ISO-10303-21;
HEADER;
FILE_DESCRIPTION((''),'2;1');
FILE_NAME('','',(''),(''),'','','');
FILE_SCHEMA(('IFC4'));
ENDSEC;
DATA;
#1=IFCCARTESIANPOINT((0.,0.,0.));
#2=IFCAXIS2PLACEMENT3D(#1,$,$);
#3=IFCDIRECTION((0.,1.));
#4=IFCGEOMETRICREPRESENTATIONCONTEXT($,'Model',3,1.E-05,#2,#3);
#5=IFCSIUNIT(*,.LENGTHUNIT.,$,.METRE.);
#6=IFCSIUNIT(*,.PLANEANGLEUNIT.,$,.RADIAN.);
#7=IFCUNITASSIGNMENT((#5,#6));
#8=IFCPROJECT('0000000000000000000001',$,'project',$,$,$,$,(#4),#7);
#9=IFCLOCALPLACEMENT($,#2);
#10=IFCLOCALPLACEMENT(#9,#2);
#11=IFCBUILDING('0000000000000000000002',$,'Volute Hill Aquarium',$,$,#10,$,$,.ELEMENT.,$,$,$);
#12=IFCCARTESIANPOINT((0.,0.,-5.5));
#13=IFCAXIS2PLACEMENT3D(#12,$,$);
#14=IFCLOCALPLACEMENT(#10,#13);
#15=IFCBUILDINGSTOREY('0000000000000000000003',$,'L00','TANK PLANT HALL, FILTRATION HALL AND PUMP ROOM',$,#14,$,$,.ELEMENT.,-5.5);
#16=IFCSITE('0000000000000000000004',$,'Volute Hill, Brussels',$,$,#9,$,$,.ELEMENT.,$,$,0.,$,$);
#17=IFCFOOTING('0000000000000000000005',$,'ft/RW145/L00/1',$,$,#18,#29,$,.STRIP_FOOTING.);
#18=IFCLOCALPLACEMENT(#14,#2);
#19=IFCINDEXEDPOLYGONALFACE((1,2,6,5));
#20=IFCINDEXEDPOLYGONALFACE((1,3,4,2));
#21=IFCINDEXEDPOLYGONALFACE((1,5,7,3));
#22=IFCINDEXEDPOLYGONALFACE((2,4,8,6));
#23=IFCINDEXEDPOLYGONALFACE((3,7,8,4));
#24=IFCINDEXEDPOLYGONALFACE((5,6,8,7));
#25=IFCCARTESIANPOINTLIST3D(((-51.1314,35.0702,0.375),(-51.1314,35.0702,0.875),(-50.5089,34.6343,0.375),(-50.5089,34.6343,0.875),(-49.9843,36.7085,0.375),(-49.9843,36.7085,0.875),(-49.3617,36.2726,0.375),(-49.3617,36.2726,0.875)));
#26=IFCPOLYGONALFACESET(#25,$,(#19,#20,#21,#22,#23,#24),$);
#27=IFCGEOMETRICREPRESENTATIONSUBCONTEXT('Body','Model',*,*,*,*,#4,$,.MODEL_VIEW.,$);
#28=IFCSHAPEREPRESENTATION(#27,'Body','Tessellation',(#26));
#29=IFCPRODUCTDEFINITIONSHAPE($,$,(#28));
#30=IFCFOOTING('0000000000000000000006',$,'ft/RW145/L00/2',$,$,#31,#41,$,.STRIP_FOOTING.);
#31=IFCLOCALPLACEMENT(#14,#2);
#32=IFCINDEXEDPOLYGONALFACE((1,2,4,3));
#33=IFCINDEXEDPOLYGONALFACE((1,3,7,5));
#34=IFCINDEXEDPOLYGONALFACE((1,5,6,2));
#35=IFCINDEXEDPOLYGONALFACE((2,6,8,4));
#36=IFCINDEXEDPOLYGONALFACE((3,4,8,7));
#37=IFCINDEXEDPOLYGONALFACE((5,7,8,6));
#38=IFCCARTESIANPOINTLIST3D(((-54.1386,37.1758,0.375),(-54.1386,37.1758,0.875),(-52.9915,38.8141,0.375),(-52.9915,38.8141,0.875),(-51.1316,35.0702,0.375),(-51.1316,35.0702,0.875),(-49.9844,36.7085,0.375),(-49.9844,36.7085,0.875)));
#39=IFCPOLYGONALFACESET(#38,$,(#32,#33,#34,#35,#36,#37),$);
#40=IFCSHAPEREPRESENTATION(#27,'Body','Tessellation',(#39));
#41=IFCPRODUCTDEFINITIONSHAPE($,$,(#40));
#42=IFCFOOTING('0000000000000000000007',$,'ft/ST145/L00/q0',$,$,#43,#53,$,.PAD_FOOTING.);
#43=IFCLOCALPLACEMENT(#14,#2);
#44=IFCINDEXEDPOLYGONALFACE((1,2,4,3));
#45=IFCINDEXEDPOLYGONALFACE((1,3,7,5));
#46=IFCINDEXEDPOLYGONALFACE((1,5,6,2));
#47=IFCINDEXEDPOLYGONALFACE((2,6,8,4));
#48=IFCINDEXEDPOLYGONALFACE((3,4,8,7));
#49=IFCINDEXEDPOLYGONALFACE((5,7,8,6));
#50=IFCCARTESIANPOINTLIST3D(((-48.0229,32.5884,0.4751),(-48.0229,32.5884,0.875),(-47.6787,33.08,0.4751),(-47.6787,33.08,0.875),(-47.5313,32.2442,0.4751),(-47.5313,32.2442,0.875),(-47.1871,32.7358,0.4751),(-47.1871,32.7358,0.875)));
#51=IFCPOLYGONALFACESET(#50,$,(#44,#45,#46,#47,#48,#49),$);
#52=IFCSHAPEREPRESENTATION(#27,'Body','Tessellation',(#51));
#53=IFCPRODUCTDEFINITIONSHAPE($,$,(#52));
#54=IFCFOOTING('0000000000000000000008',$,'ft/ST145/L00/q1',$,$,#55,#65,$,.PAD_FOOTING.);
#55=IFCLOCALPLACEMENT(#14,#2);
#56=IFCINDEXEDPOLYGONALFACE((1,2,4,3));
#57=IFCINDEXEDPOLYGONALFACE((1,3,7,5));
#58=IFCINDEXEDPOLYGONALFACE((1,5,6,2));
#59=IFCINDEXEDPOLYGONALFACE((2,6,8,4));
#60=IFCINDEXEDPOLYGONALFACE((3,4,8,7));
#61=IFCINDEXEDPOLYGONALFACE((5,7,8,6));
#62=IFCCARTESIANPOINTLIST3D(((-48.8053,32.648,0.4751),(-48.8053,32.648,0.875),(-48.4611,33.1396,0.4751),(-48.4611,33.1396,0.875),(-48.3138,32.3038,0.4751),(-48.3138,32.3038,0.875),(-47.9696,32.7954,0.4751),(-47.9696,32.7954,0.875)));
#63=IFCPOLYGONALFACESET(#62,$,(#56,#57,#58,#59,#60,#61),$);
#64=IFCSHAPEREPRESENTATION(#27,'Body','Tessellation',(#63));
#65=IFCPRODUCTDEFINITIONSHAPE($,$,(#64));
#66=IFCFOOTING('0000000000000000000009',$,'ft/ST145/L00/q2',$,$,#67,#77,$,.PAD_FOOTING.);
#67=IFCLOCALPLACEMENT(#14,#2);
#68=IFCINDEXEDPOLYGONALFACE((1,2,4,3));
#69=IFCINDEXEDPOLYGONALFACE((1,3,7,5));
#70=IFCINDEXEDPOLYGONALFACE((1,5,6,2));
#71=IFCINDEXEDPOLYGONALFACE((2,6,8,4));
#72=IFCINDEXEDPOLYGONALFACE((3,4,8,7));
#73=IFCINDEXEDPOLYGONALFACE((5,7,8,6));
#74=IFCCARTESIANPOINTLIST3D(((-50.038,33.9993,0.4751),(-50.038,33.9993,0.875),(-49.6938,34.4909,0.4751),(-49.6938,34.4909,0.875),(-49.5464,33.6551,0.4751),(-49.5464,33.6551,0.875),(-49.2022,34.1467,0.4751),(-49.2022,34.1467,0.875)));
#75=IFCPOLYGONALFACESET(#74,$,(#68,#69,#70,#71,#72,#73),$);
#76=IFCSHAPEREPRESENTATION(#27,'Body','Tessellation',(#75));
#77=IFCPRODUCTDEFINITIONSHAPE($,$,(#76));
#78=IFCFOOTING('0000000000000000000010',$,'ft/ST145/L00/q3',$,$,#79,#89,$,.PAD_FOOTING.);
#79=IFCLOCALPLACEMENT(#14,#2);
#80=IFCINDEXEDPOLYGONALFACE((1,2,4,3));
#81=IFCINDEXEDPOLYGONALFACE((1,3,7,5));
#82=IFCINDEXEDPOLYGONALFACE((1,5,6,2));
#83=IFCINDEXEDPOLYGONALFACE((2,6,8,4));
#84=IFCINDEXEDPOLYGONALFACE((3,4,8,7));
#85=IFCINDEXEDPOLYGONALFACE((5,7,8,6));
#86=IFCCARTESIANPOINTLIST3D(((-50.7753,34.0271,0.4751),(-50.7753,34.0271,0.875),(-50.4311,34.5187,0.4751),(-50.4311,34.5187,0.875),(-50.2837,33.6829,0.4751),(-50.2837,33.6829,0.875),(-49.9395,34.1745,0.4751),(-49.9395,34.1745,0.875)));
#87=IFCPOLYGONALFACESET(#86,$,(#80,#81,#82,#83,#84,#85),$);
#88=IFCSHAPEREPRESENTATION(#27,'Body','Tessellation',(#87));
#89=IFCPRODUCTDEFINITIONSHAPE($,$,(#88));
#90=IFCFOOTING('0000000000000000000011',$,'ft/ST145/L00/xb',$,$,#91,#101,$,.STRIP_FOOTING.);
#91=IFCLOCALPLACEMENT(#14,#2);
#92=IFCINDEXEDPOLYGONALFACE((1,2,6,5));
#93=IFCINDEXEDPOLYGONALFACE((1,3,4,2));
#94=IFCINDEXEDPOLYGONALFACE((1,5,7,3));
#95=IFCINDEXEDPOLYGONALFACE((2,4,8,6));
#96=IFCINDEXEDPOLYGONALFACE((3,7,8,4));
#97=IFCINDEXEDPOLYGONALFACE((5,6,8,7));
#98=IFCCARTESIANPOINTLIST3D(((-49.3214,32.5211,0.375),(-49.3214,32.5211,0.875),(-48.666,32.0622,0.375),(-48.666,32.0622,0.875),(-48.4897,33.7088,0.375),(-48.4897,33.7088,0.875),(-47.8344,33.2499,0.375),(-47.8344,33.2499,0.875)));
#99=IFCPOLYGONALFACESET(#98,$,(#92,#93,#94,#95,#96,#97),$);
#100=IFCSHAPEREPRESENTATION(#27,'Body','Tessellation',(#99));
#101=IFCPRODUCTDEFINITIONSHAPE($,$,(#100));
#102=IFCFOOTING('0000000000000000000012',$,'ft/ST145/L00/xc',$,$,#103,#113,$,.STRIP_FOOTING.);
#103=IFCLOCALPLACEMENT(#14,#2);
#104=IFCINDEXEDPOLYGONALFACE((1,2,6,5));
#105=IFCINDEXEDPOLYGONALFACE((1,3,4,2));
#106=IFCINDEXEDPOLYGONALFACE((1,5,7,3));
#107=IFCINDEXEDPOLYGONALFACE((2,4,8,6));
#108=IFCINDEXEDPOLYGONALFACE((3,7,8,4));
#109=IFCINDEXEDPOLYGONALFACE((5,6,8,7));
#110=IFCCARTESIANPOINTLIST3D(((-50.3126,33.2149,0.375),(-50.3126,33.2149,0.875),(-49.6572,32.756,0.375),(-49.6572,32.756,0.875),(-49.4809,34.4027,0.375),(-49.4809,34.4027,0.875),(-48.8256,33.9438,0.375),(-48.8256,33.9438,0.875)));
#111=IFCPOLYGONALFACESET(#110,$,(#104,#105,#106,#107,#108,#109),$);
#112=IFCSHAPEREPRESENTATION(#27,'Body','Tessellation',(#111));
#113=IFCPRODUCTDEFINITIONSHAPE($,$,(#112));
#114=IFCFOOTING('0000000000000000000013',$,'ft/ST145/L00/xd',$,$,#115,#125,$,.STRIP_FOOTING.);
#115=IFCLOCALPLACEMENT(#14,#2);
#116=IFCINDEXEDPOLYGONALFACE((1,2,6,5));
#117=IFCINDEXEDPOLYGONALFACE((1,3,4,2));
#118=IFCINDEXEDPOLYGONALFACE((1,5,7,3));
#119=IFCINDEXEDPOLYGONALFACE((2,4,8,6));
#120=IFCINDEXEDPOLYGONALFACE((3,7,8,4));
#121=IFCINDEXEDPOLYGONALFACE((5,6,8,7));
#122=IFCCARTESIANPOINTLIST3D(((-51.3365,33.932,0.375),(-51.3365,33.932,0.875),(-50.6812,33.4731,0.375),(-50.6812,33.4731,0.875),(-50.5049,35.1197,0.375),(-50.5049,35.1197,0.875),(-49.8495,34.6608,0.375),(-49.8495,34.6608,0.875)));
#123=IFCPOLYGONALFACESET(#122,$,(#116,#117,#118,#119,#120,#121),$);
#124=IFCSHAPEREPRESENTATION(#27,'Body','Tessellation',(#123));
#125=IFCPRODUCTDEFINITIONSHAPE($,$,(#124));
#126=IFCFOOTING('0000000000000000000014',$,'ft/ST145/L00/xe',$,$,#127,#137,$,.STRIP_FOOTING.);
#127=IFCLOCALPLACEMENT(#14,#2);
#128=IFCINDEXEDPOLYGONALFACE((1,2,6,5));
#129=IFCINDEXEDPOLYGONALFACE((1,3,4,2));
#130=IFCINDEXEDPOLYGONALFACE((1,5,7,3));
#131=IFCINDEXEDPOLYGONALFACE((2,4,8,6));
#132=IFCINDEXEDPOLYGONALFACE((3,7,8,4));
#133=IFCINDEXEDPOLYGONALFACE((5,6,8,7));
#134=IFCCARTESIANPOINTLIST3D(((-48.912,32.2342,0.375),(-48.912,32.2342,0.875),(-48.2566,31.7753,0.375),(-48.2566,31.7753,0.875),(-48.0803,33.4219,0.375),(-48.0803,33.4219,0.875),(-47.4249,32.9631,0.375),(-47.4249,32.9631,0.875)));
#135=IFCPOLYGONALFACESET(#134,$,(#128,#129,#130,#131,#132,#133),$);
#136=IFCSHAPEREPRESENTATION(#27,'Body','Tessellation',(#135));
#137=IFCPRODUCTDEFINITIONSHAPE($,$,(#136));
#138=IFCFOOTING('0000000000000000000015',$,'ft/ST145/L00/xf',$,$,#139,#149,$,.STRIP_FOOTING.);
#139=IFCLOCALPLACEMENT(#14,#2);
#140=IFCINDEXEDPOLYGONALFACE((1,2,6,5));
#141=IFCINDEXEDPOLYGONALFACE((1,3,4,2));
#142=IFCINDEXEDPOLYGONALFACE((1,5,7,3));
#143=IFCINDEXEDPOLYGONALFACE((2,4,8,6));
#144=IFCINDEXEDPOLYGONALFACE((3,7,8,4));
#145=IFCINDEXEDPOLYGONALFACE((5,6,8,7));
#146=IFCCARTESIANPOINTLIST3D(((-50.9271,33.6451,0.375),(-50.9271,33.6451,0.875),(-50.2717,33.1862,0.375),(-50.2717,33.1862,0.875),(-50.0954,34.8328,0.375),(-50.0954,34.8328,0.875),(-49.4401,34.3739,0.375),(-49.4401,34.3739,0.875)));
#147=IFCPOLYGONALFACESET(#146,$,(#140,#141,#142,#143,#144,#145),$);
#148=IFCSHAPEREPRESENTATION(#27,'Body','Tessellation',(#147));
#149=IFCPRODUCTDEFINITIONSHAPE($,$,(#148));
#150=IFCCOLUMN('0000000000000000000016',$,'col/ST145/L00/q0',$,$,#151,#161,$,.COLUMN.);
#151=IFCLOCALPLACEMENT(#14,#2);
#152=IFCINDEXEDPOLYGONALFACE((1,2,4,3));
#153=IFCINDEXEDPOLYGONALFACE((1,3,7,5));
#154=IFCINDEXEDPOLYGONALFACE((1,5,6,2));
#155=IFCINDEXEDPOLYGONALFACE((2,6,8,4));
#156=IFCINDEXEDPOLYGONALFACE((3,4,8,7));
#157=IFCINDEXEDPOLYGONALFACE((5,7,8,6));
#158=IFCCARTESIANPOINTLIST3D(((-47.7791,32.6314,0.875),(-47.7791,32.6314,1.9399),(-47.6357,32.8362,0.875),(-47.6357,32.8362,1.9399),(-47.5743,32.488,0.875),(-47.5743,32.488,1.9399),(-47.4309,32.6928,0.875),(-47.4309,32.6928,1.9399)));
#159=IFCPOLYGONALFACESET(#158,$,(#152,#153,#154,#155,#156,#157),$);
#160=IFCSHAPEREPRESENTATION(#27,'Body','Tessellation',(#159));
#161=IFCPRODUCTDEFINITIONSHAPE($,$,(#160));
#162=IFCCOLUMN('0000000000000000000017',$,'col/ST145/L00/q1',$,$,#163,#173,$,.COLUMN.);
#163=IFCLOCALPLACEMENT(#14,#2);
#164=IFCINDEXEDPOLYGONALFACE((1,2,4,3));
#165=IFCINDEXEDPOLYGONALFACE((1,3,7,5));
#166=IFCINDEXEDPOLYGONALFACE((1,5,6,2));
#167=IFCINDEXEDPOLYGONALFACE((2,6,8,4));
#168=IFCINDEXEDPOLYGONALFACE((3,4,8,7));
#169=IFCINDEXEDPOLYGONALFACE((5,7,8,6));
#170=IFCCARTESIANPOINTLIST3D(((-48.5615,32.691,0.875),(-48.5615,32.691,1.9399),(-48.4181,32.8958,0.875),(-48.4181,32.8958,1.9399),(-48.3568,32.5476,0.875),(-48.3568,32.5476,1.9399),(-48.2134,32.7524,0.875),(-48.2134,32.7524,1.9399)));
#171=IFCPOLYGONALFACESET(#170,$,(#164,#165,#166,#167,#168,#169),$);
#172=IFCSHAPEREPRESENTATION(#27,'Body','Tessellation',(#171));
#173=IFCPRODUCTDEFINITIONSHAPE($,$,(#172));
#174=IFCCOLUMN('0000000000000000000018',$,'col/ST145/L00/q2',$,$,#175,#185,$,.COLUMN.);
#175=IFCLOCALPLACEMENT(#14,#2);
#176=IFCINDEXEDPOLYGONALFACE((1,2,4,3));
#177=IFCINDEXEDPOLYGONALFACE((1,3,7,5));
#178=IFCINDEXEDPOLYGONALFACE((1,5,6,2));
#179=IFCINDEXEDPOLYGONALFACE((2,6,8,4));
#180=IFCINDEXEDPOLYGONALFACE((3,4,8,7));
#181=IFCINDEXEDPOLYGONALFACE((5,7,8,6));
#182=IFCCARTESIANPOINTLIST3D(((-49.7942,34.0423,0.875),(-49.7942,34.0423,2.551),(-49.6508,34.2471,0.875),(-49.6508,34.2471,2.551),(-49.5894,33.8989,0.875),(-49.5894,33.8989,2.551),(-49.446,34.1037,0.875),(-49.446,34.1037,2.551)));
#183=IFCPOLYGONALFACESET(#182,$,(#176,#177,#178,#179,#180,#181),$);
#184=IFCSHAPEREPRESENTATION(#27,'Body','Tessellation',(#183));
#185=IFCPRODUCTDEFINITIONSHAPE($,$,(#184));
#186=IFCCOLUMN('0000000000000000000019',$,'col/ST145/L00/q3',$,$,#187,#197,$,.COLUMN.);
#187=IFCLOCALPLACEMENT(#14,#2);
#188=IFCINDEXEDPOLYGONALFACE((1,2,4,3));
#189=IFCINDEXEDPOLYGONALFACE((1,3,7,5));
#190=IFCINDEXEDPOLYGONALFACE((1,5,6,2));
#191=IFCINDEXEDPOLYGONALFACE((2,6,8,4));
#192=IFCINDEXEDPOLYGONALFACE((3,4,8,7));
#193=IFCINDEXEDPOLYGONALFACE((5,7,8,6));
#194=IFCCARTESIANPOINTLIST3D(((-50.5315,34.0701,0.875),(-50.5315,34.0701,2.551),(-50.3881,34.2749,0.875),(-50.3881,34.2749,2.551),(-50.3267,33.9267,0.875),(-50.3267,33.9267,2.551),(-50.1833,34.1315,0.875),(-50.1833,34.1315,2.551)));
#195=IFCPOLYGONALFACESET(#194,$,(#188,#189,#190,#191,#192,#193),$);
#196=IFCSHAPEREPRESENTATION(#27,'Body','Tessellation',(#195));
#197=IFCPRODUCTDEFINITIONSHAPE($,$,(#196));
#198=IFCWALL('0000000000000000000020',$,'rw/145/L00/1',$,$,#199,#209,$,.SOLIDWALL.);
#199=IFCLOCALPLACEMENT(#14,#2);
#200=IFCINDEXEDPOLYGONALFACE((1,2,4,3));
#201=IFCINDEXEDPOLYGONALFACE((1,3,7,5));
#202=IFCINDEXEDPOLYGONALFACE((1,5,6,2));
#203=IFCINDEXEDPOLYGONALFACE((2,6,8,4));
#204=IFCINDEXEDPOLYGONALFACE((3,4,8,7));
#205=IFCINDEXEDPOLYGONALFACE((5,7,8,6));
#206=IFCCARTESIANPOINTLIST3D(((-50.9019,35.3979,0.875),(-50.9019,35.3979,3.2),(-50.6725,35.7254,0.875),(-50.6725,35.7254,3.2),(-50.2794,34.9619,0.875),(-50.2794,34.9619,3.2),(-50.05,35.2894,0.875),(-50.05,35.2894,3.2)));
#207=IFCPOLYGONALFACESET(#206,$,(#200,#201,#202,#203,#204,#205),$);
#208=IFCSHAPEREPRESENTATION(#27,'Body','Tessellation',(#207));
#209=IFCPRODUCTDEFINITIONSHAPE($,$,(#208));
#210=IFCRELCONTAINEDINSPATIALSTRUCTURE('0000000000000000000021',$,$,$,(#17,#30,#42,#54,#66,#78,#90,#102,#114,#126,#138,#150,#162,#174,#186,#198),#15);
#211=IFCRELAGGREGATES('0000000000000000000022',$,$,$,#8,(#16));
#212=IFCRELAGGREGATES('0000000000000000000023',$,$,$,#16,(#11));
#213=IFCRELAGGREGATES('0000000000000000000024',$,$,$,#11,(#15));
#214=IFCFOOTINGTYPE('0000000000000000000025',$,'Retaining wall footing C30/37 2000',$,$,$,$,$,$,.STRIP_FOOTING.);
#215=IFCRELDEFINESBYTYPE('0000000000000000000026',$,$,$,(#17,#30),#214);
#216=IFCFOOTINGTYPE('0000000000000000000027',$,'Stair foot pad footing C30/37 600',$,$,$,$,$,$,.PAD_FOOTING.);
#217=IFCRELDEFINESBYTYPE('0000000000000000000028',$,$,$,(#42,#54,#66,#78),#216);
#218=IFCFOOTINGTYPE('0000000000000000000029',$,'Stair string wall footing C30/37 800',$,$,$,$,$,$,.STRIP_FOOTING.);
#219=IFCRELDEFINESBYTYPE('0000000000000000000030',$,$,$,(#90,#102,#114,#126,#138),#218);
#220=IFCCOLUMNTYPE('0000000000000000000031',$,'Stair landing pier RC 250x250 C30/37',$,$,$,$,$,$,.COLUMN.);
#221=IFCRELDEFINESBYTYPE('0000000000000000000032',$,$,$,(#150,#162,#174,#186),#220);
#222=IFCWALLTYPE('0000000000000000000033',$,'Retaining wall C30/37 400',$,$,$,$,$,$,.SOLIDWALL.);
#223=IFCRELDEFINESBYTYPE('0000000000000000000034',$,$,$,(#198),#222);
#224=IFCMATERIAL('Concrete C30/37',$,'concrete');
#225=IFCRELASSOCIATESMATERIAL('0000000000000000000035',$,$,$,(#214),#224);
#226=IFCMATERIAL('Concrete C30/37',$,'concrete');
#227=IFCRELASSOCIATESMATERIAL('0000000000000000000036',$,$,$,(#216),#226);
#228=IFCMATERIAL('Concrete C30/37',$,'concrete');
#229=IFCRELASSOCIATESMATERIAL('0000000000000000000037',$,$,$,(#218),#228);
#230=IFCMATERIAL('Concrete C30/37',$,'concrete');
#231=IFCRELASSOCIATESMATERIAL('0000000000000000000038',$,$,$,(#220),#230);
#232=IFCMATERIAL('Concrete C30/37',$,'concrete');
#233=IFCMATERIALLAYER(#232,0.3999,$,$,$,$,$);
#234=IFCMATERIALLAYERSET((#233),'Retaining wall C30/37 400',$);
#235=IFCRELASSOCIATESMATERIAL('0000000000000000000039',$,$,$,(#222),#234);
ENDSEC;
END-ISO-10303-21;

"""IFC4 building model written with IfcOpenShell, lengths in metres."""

from ifc_helpers import new_model, si_unit, direction, frame, frame_2d, origin, origin_2d, place, context, subcontext, project, spatial, rectangle, extrude, material, layer, layer_set, material_profile, profile_set, type_object, element, save


model = new_model("IFC4")

# Units and contexts
model_context = context("Model", 3, precision=1e-05, world=origin(), true_north=direction((0.0, 1.0)))
body_context = subcontext(model_context, "Body", "Model", "MODEL_VIEW")
ifc_project = project(units=[si_unit("LENGTHUNIT", "METRE"), si_unit("PLANEANGLEUNIT", "RADIAN")], contexts=[model_context])

# Site, building, storey
site_placement = place(None, origin())
site = spatial("IfcSite", under=ifc_project, at=site_placement, Name="Volute Hill, Brussels", CompositionType="ELEMENT", RefElevation=0.0)
building_placement = place(site_placement, origin())
building = spatial("IfcBuilding", under=site, at=building_placement, Name="Volute Hill Aquarium", CompositionType="ELEMENT")
storey_placement = place(building_placement, frame((0.0, 0.0, -5.5)))
storey = spatial("IfcBuildingStorey", under=building, at=storey_placement, Name="L00", Description="TANK PLANT HALL, FILTRATION HALL AND PUMP ROOM", CompositionType="ELEMENT", Elevation=-5.5)

# Footings
ifc_material_1 = material(Name="Concrete C30/37", Category="concrete")
footing_type_1 = type_object("IfcFootingType", Name="Retaining wall footing C30/37 2000", PredefinedType="STRIP_FOOTING", material=ifc_material_1)
footing_1_placement = place(storey_placement, frame((-50.2466, 35.6714, 0.375), z_axis=(0.0, 0.0, 1.0), x_axis=(-0.819152, 0.573576, 0.0)))
element("IfcFooting", 1, at=footing_1_placement, inside=storey, type_object=footing_type_1, Name="ft/RW145/L00/1", PredefinedType="STRIP_FOOTING", context=body_context, shape_type="SweptSolid", body=[
    extrude(rectangle(XDim=0.76, YDim=2.0, at=origin_2d()), origin(), (0.0, 0.0, 1.0), 0.5),
])
footing_2_placement = place(storey_placement, frame((-52.0615, 36.9421, 0.375), z_axis=(0.0, 0.0, 1.0), x_axis=(-0.819152, 0.573576, 0.0)))
element("IfcFooting", 2, at=footing_2_placement, inside=storey, type_object=footing_type_1, Name="ft/RW145/L00/2", PredefinedType="STRIP_FOOTING", context=body_context, shape_type="SweptSolid", body=[
    extrude(rectangle(XDim=3.6709, YDim=2.0, at=origin_2d()), origin(), (0.0, 0.0, 1.0), 0.5),
])
ifc_material_2 = material(Name="Concrete C30/37", Category="concrete")
footing_type_2 = type_object("IfcFootingType", Name="Stair foot pad footing C30/37 600", PredefinedType="PAD_FOOTING", material=ifc_material_2)
for number, where, z_axis, x_axis, name in (
    (3, (-47.605, 32.6621, 0.4751), (0.0, 0.0, 1.0), (-0.819152, 0.573576, 0.0), "ft/ST145/L00/q0"),
    (4, (-48.3875, 32.7217, 0.4751), (0.0, 0.0, 1.0), (-0.819152, 0.573576, 0.0), "ft/ST145/L00/q1"),
    (5, (-49.6201, 34.073, 0.4751), (0.0, 0.0, 1.0), (-0.819152, 0.573576, 0.0), "ft/ST145/L00/q2"),
    (6, (-50.3574, 34.1008, 0.4751), (0.0, 0.0, 1.0), (-0.819152, 0.573576, 0.0), "ft/ST145/L00/q3"),
):
    element("IfcFooting", number, at=place(storey_placement, frame(where, z_axis=z_axis, x_axis=x_axis)), inside=storey, type_object=footing_type_2, Name=name, PredefinedType="PAD_FOOTING", context=body_context, shape_type="SweptSolid", body=[
        extrude(rectangle(XDim=0.6001, YDim=0.6001, at=origin_2d()), origin(), (0.0, 0.0, 1.0), 0.3999),
    ])
ifc_material_3 = material(Name="Concrete C30/37", Category="concrete")
footing_type_3 = type_object("IfcFootingType", Name="Stair string wall footing C30/37 800", PredefinedType="STRIP_FOOTING", material=ifc_material_3)
for number, where, z_axis, x_axis, name in (
    (7, (-48.5779, 32.8855, 0.375), (0.0, 0.0, 1.0), (-0.573576, -0.819152, 0.0), "ft/ST145/L00/xb"),
    (8, (-49.5691, 33.5793, 0.375), (0.0, 0.0, 1.0), (-0.573576, -0.819152, 0.0), "ft/ST145/L00/xc"),
    (9, (-50.593, 34.2964, 0.375), (0.0, 0.0, 1.0), (-0.573576, -0.819152, 0.0), "ft/ST145/L00/xd"),
    (10, (-48.1685, 32.5986, 0.375), (0.0, 0.0, 1.0), (-0.573576, -0.819152, 0.0), "ft/ST145/L00/xe"),
    (11, (-50.1836, 34.0095, 0.375), (0.0, 0.0, 1.0), (-0.573576, -0.819152, 0.0), "ft/ST145/L00/xf"),
):
    element("IfcFooting", number, at=place(storey_placement, frame(where, z_axis=z_axis, x_axis=x_axis)), inside=storey, type_object=footing_type_3, Name=name, PredefinedType="STRIP_FOOTING", context=body_context, shape_type="SweptSolid", body=[
        extrude(rectangle(XDim=1.45, YDim=0.8, at=origin_2d()), origin(), (0.0, 0.0, 1.0), 0.5),
    ])

# Columns
ifc_material_4 = material(Name="Concrete C30/37", Category="concrete")
ifc_material_profile = material_profile(ifc_material_4, rectangle(XDim=0.25, YDim=0.25, at=origin_2d()), Name="RC pier 250x250")
ifc_profile_set = profile_set([ifc_material_profile], Name="Concrete C30/37")
column_type = type_object("IfcColumnType", Name="Stair landing pier RC 250x250 C30/37", PredefinedType="COLUMN", material=ifc_profile_set)
for number, where, z_axis, x_axis, name in (
    (12, (-47.605, 32.6621, 0.875), (0.0, 0.0, 1.0), (-0.819152, 0.573576, 0.0), "col/ST145/L00/q0"),
    (13, (-48.3875, 32.7217, 0.875), (0.0, 0.0, 1.0), (-0.819152, 0.573576, 0.0), "col/ST145/L00/q1"),
):
    element("IfcColumn", number, at=place(storey_placement, frame(where, z_axis=z_axis, x_axis=x_axis)), inside=storey, type_object=column_type, Name=name, PredefinedType="COLUMN", context=body_context, shape_type="SweptSolid", body=[
        extrude(rectangle(XDim=0.25, YDim=0.25, at=origin_2d()), origin(), (0.0, 0.0, 1.0), 1.0649),
    ])
for number, where, z_axis, x_axis, name in (
    (14, (-49.6201, 34.073, 0.875), (0.0, 0.0, 1.0), (-0.819152, 0.573576, 0.0), "col/ST145/L00/q2"),
    (15, (-50.3574, 34.1008, 0.875), (0.0, 0.0, 1.0), (-0.819152, 0.573576, 0.0), "col/ST145/L00/q3"),
):
    element("IfcColumn", number, at=place(storey_placement, frame(where, z_axis=z_axis, x_axis=x_axis)), inside=storey, type_object=column_type, Name=name, PredefinedType="COLUMN", context=body_context, shape_type="SweptSolid", body=[
        extrude(rectangle(XDim=0.25, YDim=0.25, at=origin_2d()), origin(), (0.0, 0.0, 1.0), 1.676),
    ])

# Wall
ifc_material_5 = material(Name="Concrete C30/37", Category="concrete")
ifc_layer_1 = layer(ifc_material_5, 0.3999)
ifc_layer_set_1 = layer_set([ifc_layer_1], Name="Retaining wall C30/37 400")
wall_type_1 = type_object("IfcWallType", Name="Retaining wall C30/37 400", PredefinedType="SOLIDWALL", material=ifc_layer_set_1)
wall_1_placement = place(storey_placement, frame((-50.1648, 35.1257, 0.875), z_axis=(0.0, 0.0, 1.0), x_axis=(-0.819081, 0.573678, 0.0)))
element("IfcWall", 16, at=wall_1_placement, inside=storey, type_object=wall_type_1, Name="rw/145/L00/1", PredefinedType="SOLIDWALL", context=body_context, shape_type="SweptSolid", body=[
    extrude(rectangle(XDim=0.76, YDim=0.3999, at=frame_2d((0.3799, 0.0))), origin(), (0.0, 0.0, 1.0), 2.325),
])

save(model, "model.ifc")
